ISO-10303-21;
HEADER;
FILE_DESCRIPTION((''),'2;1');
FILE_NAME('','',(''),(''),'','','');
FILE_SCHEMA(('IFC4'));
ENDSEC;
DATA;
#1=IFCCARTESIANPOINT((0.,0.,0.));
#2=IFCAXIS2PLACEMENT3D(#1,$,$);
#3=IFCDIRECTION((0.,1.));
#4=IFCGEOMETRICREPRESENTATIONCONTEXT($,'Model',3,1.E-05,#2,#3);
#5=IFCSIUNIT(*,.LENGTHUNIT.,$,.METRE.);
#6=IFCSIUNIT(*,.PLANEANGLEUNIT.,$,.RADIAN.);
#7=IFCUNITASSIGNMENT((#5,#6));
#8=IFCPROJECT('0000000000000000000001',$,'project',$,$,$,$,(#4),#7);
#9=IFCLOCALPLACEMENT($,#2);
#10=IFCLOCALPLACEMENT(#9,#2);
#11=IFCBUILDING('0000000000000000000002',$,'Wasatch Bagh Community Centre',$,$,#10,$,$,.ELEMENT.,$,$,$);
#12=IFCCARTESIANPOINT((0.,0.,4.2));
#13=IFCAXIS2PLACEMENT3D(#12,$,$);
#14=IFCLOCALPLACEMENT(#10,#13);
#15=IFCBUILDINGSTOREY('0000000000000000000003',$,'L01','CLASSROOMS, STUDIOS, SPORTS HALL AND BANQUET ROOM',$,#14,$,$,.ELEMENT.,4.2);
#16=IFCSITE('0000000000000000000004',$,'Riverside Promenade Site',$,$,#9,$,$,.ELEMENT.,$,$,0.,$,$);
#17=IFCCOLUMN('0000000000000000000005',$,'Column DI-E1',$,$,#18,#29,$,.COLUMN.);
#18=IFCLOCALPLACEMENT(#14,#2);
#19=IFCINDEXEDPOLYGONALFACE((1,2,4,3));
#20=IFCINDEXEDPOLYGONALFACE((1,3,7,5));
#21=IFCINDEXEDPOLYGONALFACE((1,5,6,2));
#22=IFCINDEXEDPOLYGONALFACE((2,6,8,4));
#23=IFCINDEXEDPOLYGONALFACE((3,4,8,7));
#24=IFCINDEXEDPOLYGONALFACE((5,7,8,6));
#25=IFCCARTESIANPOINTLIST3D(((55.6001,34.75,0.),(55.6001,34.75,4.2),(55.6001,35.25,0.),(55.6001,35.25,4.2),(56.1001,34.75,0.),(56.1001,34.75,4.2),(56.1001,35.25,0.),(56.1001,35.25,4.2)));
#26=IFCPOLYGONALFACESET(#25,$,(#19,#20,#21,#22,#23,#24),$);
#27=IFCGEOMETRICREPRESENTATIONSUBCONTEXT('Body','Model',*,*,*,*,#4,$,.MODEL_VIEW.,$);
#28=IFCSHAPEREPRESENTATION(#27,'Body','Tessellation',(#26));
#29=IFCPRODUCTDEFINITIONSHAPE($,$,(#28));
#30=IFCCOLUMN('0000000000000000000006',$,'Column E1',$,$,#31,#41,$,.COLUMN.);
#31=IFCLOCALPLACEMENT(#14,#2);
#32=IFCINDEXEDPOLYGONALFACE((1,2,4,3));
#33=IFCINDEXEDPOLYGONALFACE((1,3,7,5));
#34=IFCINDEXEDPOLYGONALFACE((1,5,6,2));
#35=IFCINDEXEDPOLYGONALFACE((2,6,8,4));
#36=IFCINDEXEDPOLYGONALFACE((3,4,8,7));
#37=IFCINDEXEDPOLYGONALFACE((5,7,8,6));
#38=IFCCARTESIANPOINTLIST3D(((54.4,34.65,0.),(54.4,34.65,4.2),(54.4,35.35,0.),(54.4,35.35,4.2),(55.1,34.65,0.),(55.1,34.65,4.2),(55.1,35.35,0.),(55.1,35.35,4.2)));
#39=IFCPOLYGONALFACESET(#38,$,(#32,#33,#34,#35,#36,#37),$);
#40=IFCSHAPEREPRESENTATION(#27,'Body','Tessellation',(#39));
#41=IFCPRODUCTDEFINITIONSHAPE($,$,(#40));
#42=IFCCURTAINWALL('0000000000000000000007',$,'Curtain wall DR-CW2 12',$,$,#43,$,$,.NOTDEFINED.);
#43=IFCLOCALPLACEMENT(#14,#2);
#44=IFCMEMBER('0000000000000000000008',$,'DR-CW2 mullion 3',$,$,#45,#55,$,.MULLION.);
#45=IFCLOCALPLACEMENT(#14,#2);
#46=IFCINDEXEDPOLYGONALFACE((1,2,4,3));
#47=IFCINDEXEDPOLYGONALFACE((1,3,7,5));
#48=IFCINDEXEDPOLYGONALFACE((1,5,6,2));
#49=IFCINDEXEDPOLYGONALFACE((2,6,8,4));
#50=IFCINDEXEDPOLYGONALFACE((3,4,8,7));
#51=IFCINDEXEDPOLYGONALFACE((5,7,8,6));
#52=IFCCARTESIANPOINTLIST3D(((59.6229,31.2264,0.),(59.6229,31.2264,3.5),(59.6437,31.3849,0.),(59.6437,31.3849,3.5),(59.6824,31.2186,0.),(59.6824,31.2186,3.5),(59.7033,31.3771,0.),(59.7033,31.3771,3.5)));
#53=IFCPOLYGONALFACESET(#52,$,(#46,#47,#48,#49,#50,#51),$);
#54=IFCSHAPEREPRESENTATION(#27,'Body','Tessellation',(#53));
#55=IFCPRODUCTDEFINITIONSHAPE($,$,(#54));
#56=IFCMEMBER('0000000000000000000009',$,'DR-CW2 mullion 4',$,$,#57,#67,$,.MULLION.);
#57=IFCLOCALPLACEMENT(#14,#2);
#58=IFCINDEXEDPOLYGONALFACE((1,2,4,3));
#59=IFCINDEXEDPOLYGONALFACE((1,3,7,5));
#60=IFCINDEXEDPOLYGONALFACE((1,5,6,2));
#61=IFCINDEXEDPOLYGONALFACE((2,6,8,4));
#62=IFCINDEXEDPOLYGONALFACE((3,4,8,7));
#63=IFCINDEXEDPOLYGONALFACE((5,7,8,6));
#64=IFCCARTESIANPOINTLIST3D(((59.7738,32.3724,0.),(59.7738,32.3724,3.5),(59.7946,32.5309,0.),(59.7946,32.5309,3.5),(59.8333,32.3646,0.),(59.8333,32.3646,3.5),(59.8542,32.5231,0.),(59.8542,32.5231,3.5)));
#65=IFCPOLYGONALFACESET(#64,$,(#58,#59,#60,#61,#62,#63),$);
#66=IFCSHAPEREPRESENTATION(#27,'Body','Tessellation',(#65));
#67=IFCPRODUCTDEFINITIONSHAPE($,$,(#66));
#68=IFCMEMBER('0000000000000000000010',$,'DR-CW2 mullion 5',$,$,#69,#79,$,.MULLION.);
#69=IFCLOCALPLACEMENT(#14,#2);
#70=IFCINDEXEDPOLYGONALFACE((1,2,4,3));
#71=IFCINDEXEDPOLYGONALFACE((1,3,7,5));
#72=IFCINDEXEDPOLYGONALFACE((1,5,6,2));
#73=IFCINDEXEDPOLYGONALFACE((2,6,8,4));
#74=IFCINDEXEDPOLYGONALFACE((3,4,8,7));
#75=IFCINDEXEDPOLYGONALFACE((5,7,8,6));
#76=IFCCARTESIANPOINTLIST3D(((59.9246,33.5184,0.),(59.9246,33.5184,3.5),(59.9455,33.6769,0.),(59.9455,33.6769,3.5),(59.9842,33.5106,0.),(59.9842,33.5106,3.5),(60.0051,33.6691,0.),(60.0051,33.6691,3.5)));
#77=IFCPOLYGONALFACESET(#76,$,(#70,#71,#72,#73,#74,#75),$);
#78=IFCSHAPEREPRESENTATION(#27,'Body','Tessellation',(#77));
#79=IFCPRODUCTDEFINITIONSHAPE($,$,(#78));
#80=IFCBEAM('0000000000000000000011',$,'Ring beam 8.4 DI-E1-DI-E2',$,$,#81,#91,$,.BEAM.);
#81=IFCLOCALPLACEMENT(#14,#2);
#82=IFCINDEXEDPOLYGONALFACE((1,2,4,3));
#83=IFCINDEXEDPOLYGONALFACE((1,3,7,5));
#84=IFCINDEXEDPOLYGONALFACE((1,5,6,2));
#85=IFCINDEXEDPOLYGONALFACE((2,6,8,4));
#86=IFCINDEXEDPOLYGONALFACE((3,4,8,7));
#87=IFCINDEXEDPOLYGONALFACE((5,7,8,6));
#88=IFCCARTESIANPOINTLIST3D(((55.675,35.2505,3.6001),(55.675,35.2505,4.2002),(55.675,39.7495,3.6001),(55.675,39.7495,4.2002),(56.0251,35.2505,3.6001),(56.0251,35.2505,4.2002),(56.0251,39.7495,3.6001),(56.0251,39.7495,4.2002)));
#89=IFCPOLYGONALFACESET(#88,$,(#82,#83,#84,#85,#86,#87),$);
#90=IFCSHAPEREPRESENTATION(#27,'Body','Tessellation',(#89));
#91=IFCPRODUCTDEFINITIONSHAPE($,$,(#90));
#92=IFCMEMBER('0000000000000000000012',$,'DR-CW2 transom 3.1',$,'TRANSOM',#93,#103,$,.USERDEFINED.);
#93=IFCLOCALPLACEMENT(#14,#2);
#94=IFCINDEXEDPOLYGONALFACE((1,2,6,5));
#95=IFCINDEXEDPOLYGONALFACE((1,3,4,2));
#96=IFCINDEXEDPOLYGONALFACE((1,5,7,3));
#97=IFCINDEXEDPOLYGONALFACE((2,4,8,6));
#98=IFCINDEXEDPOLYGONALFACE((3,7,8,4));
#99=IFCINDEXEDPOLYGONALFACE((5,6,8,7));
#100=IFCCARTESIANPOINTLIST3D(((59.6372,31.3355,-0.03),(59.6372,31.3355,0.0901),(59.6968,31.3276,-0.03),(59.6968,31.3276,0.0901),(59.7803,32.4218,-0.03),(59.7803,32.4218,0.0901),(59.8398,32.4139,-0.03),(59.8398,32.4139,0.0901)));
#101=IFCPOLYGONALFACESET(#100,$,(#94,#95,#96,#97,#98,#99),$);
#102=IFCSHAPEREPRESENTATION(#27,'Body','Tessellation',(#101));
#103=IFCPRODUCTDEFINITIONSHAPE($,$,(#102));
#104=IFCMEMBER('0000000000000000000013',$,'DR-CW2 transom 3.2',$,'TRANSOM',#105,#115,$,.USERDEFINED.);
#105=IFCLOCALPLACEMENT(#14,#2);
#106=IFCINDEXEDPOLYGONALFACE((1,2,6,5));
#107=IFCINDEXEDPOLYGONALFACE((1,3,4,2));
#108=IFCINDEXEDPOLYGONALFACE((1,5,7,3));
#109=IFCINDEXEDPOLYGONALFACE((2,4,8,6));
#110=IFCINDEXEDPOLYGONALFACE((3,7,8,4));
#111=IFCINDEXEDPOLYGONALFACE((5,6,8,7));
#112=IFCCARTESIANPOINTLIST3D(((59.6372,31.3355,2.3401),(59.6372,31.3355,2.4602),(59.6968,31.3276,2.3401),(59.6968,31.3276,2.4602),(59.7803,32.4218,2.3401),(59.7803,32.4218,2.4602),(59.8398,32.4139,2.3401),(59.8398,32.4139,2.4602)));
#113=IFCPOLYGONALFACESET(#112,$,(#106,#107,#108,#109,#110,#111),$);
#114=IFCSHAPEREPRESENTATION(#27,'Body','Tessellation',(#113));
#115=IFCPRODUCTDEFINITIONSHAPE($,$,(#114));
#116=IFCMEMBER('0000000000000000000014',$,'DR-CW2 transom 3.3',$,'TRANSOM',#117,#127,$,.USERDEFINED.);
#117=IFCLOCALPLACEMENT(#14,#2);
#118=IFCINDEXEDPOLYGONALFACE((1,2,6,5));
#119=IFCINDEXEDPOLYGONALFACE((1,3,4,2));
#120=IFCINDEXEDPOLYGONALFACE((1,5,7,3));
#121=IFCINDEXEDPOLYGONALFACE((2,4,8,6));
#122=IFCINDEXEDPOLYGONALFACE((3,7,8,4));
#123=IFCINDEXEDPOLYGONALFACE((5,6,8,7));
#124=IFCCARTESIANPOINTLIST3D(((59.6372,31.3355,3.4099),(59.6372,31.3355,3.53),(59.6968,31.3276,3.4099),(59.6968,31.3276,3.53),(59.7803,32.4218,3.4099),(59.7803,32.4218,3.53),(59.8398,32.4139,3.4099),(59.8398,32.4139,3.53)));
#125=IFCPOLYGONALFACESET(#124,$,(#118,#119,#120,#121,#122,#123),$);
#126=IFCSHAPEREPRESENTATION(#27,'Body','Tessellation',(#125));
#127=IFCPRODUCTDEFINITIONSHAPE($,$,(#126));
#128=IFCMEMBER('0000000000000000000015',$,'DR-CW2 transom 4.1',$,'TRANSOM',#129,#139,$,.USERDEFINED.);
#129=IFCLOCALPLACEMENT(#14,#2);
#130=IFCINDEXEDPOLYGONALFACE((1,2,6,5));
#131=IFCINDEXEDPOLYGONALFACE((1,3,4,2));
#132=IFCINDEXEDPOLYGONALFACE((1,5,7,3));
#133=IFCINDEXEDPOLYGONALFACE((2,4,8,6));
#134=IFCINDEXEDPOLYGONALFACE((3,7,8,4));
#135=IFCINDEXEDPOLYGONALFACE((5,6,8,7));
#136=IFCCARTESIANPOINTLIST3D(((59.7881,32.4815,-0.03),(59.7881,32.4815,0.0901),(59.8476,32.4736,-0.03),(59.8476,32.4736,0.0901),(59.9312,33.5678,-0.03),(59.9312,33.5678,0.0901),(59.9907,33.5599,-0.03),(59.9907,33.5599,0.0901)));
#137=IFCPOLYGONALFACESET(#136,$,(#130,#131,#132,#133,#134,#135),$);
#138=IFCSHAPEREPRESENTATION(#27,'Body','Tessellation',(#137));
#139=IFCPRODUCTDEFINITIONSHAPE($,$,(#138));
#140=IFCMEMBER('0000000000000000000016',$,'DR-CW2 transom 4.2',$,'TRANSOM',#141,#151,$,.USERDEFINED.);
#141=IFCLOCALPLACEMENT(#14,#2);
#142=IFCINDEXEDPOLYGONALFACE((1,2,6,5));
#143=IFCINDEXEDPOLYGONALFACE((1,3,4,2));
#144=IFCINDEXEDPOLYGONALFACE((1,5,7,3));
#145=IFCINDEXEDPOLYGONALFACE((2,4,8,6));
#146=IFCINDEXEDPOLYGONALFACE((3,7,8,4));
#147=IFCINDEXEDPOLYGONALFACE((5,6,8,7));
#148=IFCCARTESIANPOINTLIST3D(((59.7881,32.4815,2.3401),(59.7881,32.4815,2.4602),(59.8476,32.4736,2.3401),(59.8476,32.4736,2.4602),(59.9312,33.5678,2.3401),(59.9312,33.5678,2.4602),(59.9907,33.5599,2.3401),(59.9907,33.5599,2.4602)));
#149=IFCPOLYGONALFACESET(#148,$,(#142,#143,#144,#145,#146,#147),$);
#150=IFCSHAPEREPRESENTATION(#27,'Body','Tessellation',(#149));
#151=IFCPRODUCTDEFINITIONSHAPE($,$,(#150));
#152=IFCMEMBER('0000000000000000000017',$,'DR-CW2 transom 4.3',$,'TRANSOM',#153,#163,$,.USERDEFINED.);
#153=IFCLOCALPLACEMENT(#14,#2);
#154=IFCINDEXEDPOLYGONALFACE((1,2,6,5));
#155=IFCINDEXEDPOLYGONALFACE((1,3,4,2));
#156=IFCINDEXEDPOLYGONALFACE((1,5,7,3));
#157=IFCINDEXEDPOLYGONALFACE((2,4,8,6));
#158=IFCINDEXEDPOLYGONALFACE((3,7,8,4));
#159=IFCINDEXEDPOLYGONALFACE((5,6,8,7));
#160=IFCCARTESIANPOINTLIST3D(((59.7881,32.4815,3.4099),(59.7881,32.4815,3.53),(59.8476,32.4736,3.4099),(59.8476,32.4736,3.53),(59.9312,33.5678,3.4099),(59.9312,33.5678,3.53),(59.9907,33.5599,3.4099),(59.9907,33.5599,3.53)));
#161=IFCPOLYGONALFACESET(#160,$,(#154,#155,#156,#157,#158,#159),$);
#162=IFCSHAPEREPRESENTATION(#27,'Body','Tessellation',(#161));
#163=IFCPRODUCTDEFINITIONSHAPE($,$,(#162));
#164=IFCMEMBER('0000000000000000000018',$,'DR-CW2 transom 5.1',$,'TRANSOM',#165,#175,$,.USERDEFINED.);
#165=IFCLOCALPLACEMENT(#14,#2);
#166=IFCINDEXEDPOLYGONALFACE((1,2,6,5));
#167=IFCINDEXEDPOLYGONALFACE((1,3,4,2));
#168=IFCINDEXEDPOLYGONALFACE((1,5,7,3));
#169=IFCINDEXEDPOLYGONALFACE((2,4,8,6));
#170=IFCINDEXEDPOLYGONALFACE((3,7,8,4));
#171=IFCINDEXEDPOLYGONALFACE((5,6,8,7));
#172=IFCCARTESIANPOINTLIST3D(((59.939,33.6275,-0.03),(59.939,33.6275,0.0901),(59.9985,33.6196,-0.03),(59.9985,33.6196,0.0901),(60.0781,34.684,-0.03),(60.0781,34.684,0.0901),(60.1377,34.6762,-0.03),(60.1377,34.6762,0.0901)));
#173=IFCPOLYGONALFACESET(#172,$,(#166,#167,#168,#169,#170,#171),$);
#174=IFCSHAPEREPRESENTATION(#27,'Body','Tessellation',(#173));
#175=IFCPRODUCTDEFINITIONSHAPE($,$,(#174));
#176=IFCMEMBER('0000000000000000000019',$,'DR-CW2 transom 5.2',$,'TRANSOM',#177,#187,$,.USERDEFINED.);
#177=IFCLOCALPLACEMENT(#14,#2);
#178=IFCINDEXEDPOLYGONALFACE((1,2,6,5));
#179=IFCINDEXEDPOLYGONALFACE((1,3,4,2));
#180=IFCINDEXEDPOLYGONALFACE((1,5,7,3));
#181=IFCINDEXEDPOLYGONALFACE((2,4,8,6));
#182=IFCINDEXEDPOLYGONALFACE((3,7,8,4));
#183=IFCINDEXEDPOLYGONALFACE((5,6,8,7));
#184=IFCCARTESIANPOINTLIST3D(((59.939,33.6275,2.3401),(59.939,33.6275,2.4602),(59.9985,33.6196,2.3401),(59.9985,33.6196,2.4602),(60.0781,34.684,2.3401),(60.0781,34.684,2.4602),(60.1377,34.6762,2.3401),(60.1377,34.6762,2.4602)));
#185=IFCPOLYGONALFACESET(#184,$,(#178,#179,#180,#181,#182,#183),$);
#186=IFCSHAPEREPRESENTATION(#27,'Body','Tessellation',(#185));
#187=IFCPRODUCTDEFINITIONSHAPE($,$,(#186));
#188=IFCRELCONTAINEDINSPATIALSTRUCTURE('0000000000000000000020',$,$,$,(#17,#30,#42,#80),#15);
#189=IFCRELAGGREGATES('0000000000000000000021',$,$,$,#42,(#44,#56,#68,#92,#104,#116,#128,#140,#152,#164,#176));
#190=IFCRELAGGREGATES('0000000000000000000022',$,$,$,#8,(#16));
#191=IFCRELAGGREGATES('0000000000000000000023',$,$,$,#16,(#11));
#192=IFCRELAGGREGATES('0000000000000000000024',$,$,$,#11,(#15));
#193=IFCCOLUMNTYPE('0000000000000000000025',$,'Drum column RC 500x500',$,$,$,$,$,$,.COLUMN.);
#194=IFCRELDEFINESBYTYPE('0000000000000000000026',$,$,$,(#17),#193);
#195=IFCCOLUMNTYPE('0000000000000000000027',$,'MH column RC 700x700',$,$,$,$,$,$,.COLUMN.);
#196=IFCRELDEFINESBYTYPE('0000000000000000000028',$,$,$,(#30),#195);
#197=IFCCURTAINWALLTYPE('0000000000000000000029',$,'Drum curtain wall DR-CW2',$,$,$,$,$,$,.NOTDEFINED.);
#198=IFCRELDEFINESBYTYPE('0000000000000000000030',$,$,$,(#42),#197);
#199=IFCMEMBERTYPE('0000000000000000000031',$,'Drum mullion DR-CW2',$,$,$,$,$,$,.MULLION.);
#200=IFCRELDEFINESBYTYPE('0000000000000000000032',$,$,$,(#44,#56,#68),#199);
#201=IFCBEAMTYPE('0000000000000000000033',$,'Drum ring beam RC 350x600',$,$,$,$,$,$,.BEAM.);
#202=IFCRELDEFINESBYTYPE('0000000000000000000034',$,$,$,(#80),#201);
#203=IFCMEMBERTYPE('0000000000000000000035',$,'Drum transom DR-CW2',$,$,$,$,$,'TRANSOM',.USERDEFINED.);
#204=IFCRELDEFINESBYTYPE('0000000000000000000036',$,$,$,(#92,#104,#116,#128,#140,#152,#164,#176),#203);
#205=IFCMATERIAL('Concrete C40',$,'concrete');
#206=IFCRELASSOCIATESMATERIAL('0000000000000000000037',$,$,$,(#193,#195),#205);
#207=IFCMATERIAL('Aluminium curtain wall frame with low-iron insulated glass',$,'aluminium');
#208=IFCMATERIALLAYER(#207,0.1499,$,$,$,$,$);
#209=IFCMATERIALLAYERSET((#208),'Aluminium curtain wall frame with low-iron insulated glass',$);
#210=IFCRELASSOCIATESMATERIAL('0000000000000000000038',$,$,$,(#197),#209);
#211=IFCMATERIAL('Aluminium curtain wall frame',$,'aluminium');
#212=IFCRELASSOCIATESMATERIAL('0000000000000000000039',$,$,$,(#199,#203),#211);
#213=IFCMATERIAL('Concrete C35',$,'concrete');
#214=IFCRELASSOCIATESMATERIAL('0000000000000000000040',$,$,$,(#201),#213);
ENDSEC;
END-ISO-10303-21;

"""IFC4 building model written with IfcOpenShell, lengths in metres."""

from ifc_helpers import new_model, si_unit, direction, frame, origin, origin_2d, place, context, subcontext, project, spatial, rectangle, extrude, material, layer, layer_set, material_profile, profile_set, type_object, element, aggregate, save


model = new_model("IFC4")

# Units and contexts
model_context = context("Model", 3, precision=1e-05, world=origin(), true_north=direction((0.0, 1.0)))
body_context = subcontext(model_context, "Body", "Model", "MODEL_VIEW")
ifc_project = project(units=[si_unit("LENGTHUNIT", "METRE"), si_unit("PLANEANGLEUNIT", "RADIAN")], contexts=[model_context])

# Site, building, storey
site_placement = place(None, origin())
site = spatial("IfcSite", under=ifc_project, at=site_placement, Name="Riverside Promenade Site", CompositionType="ELEMENT", RefElevation=0.0)
building_placement = place(site_placement, origin())
building = spatial("IfcBuilding", under=site, at=building_placement, Name="Wasatch Bagh Community Centre", CompositionType="ELEMENT")
storey_placement = place(building_placement, frame((0.0, 0.0, 4.2)))
storey = spatial("IfcBuildingStorey", under=building, at=storey_placement, Name="L01", Description="CLASSROOMS, STUDIOS, SPORTS HALL AND BANQUET ROOM", CompositionType="ELEMENT", Elevation=4.2)

# Columns
ifc_material_1 = material(Name="Concrete C40", Category="concrete")
ifc_material_profile_1 = material_profile(ifc_material_1, rectangle(XDim=0.5, YDim=0.5, at=origin_2d()), Name="RC 500x500")
ifc_profile_set_1 = profile_set([ifc_material_profile_1], Name="Concrete C40")
column_type_1 = type_object("IfcColumnType", Name="Drum column RC 500x500", PredefinedType="COLUMN", material=ifc_profile_set_1)
column_1_placement = place(storey_placement, frame((55.8501, 35.0, 0.0), z_axis=(0.0, 0.0, 1.0), x_axis=(1.0, 0.0, 0.0)))
element("IfcColumn", 1, at=column_1_placement, inside=storey, type_object=column_type_1, Name="Column DI-E1", PredefinedType="COLUMN", context=body_context, shape_type="SweptSolid", body=[
    extrude(rectangle(XDim=0.5, YDim=0.5, at=origin_2d()), origin(), (0.0, 0.0, 1.0), 4.2),
])
ifc_material_profile_2 = material_profile(ifc_material_1, rectangle(XDim=0.7, YDim=0.7, at=origin_2d()), Name="RC 700x700")
ifc_profile_set_2 = profile_set([ifc_material_profile_2], Name="Concrete C40")
column_type_2 = type_object("IfcColumnType", Name="MH column RC 700x700", PredefinedType="COLUMN", material=ifc_profile_set_2)
column_2_placement = place(storey_placement, frame((54.75, 35.0, 0.0), z_axis=(0.0, 0.0, 1.0), x_axis=(1.0, 0.0, 0.0)))
element("IfcColumn", 2, at=column_2_placement, inside=storey, type_object=column_type_2, Name="Column E1", PredefinedType="COLUMN", context=body_context, shape_type="SweptSolid", body=[
    extrude(rectangle(XDim=0.7, YDim=0.7, at=origin_2d()), origin(), (0.0, 0.0, 1.0), 4.2),
])

# Curtain wall, members
ifc_material_2 = material(Name="Aluminium curtain wall frame with low-iron insulated glass", Category="aluminium")
ifc_layer_1 = layer(ifc_material_2, 0.1499)
ifc_layer_set_1 = layer_set([ifc_layer_1], Name="Aluminium curtain wall frame with low-iron insulated glass")
curtain_wall_type = type_object("IfcCurtainWallType", Name="Drum curtain wall DR-CW2", PredefinedType="NOTDEFINED", material=ifc_layer_set_1)
curtain_wall_placement = place(storey_placement, origin())
curtain_wall = element("IfcCurtainWall", 3, at=curtain_wall_placement, inside=storey, type_object=curtain_wall_type, Name="Curtain wall DR-CW2 12", PredefinedType="NOTDEFINED")
ifc_material_3 = material(Name="Aluminium curtain wall frame", Category="aluminium")
ifc_material_profile_3 = material_profile(ifc_material_3, rectangle(XDim=0.0601, YDim=0.1599, at=origin_2d()), Name="Drum mullion DR-CW2")
ifc_profile_set_3 = profile_set([ifc_material_profile_3], Name="Aluminium curtain wall frame")
member_type_1 = type_object("IfcMemberType", Name="Drum mullion DR-CW2", PredefinedType="MULLION", material=ifc_profile_set_3)
member_1_placement = place(storey_placement, frame((59.6631, 31.3018, 0.0), z_axis=(0.0, 0.0, 1.0), x_axis=(-0.991445, 0.130526, 0.0)))
member_1 = element("IfcMember", 4, at=member_1_placement, type_object=member_type_1, Name="DR-CW2 mullion 3", PredefinedType="MULLION", context=body_context, shape_type="SweptSolid", body=[
    extrude(rectangle(XDim=0.0601, YDim=0.1599, at=origin_2d()), origin(), (0.0, 0.0, 1.0), 3.5),
])
member_2_placement = place(storey_placement, frame((59.814, 32.4478, 0.0), z_axis=(0.0, 0.0, 1.0), x_axis=(-0.991445, 0.130526, 0.0)))
member_2 = element("IfcMember", 5, at=member_2_placement, type_object=member_type_1, Name="DR-CW2 mullion 4", PredefinedType="MULLION", context=body_context, shape_type="SweptSolid", body=[
    extrude(rectangle(XDim=0.0601, YDim=0.1599, at=origin_2d()), origin(), (0.0, 0.0, 1.0), 3.5),
])
member_3_placement = place(storey_placement, frame((59.9648, 33.5938, 0.0), z_axis=(0.0, 0.0, 1.0), x_axis=(-0.991445, 0.130526, 0.0)))
member_3 = element("IfcMember", 6, at=member_3_placement, type_object=member_type_1, Name="DR-CW2 mullion 5", PredefinedType="MULLION", context=body_context, shape_type="SweptSolid", body=[
    extrude(rectangle(XDim=0.0601, YDim=0.1599, at=origin_2d()), origin(), (0.0, 0.0, 1.0), 3.5),
])

# Beam
ifc_material_4 = material(Name="Concrete C35", Category="concrete")
ifc_material_profile_4 = material_profile(ifc_material_4, rectangle(XDim=0.3501, YDim=0.6001, at=origin_2d()), Name="RC 350x600")
ifc_profile_set_4 = profile_set([ifc_material_profile_4], Name="Concrete C35")
beam_type_1 = type_object("IfcBeamType", Name="Drum ring beam RC 350x600", PredefinedType="BEAM", material=ifc_profile_set_4)
beam_1_placement = place(storey_placement, frame((55.8501, 35.2505, 3.9001), z_axis=(0.0, 1.0, 0.0), x_axis=(-1.0, 0.0, 0.0)))
element("IfcBeam", 7, at=beam_1_placement, inside=storey, type_object=beam_type_1, Name="Ring beam 8.4 DI-E1-DI-E2", PredefinedType="BEAM", context=body_context, shape_type="SweptSolid", body=[
    extrude(rectangle(XDim=0.3501, YDim=0.6001, at=origin_2d()), origin(), (0.0, 0.0, 1.0), 4.499),
])

# Members
ifc_material_profile_5 = material_profile(ifc_material_3, rectangle(XDim=0.0601, YDim=0.1201, at=origin_2d()), Name="Drum transom DR-CW2")
ifc_profile_set_5 = profile_set([ifc_material_profile_5], Name="Aluminium curtain wall frame")
member_type_2 = type_object("IfcMemberType", Name="Drum transom DR-CW2", ElementType="TRANSOM", PredefinedType="USERDEFINED", material=ifc_profile_set_5)
member_4_placement = place(storey_placement, frame((59.667, 31.3315, 0.03), z_axis=(0.130558, 0.991441, 0.0), x_axis=(-0.991441, 0.130558, 0.0)))
member_4 = element("IfcMember", 8, at=member_4_placement, type_object=member_type_2, Name="DR-CW2 transom 3.1", ObjectType="TRANSOM", PredefinedType="USERDEFINED", context=body_context, shape_type="SweptSolid", body=[
    extrude(rectangle(XDim=0.0601, YDim=0.1201, at=origin_2d()), origin(), (0.0, 0.0, 1.0), 1.0957),
])
member_5_placement = place(storey_placement, frame((59.667, 31.3315, 2.4001), z_axis=(0.130558, 0.991441, 0.0), x_axis=(-0.991441, 0.130558, 0.0)))
member_5 = element("IfcMember", 9, at=member_5_placement, type_object=member_type_2, Name="DR-CW2 transom 3.2", ObjectType="TRANSOM", PredefinedType="USERDEFINED", context=body_context, shape_type="SweptSolid", body=[
    extrude(rectangle(XDim=0.0601, YDim=0.1201, at=origin_2d()), origin(), (0.0, 0.0, 1.0), 1.0957),
])
member_6_placement = place(storey_placement, frame((59.667, 31.3315, 3.47), z_axis=(0.130558, 0.991441, 0.0), x_axis=(-0.991441, 0.130558, 0.0)))
member_6 = element("IfcMember", 10, at=member_6_placement, type_object=member_type_2, Name="DR-CW2 transom 3.3", ObjectType="TRANSOM", PredefinedType="USERDEFINED", context=body_context, shape_type="SweptSolid", body=[
    extrude(rectangle(XDim=0.0601, YDim=0.1201, at=origin_2d()), origin(), (0.0, 0.0, 1.0), 1.0957),
])
member_7_placement = place(storey_placement, frame((59.8179, 32.4775, 0.03), z_axis=(0.130558, 0.991441, 0.0), x_axis=(-0.991441, 0.130558, 0.0)))
member_7 = element("IfcMember", 11, at=member_7_placement, type_object=member_type_2, Name="DR-CW2 transom 4.1", ObjectType="TRANSOM", PredefinedType="USERDEFINED", context=body_context, shape_type="SweptSolid", body=[
    extrude(rectangle(XDim=0.0601, YDim=0.1201, at=origin_2d()), origin(), (0.0, 0.0, 1.0), 1.0957),
])
member_8_placement = place(storey_placement, frame((59.8179, 32.4775, 2.4001), z_axis=(0.130558, 0.991441, 0.0), x_axis=(-0.991441, 0.130558, 0.0)))
member_8 = element("IfcMember", 12, at=member_8_placement, type_object=member_type_2, Name="DR-CW2 transom 4.2", ObjectType="TRANSOM", PredefinedType="USERDEFINED", context=body_context, shape_type="SweptSolid", body=[
    extrude(rectangle(XDim=0.0601, YDim=0.1201, at=origin_2d()), origin(), (0.0, 0.0, 1.0), 1.0957),
])
member_9_placement = place(storey_placement, frame((59.8179, 32.4775, 3.47), z_axis=(0.130558, 0.991441, 0.0), x_axis=(-0.991441, 0.130558, 0.0)))
member_9 = element("IfcMember", 13, at=member_9_placement, type_object=member_type_2, Name="DR-CW2 transom 4.3", ObjectType="TRANSOM", PredefinedType="USERDEFINED", context=body_context, shape_type="SweptSolid", body=[
    extrude(rectangle(XDim=0.0601, YDim=0.1201, at=origin_2d()), origin(), (0.0, 0.0, 1.0), 1.0957),
])
member_10_placement = place(storey_placement, frame((59.9688, 33.6235, 0.03), z_axis=(0.130573, 0.991439, 0.0), x_axis=(-0.991439, 0.130573, 0.0)))
member_10 = element("IfcMember", 14, at=member_10_placement, type_object=member_type_2, Name="DR-CW2 transom 5.1", ObjectType="TRANSOM", PredefinedType="USERDEFINED", context=body_context, shape_type="SweptSolid", body=[
    extrude(rectangle(XDim=0.0601, YDim=0.1201, at=origin_2d()), origin(), (0.0, 0.0, 1.0), 1.0657),
])
member_11_placement = place(storey_placement, frame((59.9688, 33.6235, 2.4001), z_axis=(0.130573, 0.991439, 0.0), x_axis=(-0.991439, 0.130573, 0.0)))
member_11 = element("IfcMember", 15, at=member_11_placement, type_object=member_type_2, Name="DR-CW2 transom 5.2", ObjectType="TRANSOM", PredefinedType="USERDEFINED", context=body_context, shape_type="SweptSolid", body=[
    extrude(rectangle(XDim=0.0601, YDim=0.1201, at=origin_2d()), origin(), (0.0, 0.0, 1.0), 1.0657),
])

aggregate(curtain_wall, [member_1, member_2, member_3, member_4, member_5, member_6, member_7, member_8, member_9, member_10, member_11])

save(model, "model.ifc")
